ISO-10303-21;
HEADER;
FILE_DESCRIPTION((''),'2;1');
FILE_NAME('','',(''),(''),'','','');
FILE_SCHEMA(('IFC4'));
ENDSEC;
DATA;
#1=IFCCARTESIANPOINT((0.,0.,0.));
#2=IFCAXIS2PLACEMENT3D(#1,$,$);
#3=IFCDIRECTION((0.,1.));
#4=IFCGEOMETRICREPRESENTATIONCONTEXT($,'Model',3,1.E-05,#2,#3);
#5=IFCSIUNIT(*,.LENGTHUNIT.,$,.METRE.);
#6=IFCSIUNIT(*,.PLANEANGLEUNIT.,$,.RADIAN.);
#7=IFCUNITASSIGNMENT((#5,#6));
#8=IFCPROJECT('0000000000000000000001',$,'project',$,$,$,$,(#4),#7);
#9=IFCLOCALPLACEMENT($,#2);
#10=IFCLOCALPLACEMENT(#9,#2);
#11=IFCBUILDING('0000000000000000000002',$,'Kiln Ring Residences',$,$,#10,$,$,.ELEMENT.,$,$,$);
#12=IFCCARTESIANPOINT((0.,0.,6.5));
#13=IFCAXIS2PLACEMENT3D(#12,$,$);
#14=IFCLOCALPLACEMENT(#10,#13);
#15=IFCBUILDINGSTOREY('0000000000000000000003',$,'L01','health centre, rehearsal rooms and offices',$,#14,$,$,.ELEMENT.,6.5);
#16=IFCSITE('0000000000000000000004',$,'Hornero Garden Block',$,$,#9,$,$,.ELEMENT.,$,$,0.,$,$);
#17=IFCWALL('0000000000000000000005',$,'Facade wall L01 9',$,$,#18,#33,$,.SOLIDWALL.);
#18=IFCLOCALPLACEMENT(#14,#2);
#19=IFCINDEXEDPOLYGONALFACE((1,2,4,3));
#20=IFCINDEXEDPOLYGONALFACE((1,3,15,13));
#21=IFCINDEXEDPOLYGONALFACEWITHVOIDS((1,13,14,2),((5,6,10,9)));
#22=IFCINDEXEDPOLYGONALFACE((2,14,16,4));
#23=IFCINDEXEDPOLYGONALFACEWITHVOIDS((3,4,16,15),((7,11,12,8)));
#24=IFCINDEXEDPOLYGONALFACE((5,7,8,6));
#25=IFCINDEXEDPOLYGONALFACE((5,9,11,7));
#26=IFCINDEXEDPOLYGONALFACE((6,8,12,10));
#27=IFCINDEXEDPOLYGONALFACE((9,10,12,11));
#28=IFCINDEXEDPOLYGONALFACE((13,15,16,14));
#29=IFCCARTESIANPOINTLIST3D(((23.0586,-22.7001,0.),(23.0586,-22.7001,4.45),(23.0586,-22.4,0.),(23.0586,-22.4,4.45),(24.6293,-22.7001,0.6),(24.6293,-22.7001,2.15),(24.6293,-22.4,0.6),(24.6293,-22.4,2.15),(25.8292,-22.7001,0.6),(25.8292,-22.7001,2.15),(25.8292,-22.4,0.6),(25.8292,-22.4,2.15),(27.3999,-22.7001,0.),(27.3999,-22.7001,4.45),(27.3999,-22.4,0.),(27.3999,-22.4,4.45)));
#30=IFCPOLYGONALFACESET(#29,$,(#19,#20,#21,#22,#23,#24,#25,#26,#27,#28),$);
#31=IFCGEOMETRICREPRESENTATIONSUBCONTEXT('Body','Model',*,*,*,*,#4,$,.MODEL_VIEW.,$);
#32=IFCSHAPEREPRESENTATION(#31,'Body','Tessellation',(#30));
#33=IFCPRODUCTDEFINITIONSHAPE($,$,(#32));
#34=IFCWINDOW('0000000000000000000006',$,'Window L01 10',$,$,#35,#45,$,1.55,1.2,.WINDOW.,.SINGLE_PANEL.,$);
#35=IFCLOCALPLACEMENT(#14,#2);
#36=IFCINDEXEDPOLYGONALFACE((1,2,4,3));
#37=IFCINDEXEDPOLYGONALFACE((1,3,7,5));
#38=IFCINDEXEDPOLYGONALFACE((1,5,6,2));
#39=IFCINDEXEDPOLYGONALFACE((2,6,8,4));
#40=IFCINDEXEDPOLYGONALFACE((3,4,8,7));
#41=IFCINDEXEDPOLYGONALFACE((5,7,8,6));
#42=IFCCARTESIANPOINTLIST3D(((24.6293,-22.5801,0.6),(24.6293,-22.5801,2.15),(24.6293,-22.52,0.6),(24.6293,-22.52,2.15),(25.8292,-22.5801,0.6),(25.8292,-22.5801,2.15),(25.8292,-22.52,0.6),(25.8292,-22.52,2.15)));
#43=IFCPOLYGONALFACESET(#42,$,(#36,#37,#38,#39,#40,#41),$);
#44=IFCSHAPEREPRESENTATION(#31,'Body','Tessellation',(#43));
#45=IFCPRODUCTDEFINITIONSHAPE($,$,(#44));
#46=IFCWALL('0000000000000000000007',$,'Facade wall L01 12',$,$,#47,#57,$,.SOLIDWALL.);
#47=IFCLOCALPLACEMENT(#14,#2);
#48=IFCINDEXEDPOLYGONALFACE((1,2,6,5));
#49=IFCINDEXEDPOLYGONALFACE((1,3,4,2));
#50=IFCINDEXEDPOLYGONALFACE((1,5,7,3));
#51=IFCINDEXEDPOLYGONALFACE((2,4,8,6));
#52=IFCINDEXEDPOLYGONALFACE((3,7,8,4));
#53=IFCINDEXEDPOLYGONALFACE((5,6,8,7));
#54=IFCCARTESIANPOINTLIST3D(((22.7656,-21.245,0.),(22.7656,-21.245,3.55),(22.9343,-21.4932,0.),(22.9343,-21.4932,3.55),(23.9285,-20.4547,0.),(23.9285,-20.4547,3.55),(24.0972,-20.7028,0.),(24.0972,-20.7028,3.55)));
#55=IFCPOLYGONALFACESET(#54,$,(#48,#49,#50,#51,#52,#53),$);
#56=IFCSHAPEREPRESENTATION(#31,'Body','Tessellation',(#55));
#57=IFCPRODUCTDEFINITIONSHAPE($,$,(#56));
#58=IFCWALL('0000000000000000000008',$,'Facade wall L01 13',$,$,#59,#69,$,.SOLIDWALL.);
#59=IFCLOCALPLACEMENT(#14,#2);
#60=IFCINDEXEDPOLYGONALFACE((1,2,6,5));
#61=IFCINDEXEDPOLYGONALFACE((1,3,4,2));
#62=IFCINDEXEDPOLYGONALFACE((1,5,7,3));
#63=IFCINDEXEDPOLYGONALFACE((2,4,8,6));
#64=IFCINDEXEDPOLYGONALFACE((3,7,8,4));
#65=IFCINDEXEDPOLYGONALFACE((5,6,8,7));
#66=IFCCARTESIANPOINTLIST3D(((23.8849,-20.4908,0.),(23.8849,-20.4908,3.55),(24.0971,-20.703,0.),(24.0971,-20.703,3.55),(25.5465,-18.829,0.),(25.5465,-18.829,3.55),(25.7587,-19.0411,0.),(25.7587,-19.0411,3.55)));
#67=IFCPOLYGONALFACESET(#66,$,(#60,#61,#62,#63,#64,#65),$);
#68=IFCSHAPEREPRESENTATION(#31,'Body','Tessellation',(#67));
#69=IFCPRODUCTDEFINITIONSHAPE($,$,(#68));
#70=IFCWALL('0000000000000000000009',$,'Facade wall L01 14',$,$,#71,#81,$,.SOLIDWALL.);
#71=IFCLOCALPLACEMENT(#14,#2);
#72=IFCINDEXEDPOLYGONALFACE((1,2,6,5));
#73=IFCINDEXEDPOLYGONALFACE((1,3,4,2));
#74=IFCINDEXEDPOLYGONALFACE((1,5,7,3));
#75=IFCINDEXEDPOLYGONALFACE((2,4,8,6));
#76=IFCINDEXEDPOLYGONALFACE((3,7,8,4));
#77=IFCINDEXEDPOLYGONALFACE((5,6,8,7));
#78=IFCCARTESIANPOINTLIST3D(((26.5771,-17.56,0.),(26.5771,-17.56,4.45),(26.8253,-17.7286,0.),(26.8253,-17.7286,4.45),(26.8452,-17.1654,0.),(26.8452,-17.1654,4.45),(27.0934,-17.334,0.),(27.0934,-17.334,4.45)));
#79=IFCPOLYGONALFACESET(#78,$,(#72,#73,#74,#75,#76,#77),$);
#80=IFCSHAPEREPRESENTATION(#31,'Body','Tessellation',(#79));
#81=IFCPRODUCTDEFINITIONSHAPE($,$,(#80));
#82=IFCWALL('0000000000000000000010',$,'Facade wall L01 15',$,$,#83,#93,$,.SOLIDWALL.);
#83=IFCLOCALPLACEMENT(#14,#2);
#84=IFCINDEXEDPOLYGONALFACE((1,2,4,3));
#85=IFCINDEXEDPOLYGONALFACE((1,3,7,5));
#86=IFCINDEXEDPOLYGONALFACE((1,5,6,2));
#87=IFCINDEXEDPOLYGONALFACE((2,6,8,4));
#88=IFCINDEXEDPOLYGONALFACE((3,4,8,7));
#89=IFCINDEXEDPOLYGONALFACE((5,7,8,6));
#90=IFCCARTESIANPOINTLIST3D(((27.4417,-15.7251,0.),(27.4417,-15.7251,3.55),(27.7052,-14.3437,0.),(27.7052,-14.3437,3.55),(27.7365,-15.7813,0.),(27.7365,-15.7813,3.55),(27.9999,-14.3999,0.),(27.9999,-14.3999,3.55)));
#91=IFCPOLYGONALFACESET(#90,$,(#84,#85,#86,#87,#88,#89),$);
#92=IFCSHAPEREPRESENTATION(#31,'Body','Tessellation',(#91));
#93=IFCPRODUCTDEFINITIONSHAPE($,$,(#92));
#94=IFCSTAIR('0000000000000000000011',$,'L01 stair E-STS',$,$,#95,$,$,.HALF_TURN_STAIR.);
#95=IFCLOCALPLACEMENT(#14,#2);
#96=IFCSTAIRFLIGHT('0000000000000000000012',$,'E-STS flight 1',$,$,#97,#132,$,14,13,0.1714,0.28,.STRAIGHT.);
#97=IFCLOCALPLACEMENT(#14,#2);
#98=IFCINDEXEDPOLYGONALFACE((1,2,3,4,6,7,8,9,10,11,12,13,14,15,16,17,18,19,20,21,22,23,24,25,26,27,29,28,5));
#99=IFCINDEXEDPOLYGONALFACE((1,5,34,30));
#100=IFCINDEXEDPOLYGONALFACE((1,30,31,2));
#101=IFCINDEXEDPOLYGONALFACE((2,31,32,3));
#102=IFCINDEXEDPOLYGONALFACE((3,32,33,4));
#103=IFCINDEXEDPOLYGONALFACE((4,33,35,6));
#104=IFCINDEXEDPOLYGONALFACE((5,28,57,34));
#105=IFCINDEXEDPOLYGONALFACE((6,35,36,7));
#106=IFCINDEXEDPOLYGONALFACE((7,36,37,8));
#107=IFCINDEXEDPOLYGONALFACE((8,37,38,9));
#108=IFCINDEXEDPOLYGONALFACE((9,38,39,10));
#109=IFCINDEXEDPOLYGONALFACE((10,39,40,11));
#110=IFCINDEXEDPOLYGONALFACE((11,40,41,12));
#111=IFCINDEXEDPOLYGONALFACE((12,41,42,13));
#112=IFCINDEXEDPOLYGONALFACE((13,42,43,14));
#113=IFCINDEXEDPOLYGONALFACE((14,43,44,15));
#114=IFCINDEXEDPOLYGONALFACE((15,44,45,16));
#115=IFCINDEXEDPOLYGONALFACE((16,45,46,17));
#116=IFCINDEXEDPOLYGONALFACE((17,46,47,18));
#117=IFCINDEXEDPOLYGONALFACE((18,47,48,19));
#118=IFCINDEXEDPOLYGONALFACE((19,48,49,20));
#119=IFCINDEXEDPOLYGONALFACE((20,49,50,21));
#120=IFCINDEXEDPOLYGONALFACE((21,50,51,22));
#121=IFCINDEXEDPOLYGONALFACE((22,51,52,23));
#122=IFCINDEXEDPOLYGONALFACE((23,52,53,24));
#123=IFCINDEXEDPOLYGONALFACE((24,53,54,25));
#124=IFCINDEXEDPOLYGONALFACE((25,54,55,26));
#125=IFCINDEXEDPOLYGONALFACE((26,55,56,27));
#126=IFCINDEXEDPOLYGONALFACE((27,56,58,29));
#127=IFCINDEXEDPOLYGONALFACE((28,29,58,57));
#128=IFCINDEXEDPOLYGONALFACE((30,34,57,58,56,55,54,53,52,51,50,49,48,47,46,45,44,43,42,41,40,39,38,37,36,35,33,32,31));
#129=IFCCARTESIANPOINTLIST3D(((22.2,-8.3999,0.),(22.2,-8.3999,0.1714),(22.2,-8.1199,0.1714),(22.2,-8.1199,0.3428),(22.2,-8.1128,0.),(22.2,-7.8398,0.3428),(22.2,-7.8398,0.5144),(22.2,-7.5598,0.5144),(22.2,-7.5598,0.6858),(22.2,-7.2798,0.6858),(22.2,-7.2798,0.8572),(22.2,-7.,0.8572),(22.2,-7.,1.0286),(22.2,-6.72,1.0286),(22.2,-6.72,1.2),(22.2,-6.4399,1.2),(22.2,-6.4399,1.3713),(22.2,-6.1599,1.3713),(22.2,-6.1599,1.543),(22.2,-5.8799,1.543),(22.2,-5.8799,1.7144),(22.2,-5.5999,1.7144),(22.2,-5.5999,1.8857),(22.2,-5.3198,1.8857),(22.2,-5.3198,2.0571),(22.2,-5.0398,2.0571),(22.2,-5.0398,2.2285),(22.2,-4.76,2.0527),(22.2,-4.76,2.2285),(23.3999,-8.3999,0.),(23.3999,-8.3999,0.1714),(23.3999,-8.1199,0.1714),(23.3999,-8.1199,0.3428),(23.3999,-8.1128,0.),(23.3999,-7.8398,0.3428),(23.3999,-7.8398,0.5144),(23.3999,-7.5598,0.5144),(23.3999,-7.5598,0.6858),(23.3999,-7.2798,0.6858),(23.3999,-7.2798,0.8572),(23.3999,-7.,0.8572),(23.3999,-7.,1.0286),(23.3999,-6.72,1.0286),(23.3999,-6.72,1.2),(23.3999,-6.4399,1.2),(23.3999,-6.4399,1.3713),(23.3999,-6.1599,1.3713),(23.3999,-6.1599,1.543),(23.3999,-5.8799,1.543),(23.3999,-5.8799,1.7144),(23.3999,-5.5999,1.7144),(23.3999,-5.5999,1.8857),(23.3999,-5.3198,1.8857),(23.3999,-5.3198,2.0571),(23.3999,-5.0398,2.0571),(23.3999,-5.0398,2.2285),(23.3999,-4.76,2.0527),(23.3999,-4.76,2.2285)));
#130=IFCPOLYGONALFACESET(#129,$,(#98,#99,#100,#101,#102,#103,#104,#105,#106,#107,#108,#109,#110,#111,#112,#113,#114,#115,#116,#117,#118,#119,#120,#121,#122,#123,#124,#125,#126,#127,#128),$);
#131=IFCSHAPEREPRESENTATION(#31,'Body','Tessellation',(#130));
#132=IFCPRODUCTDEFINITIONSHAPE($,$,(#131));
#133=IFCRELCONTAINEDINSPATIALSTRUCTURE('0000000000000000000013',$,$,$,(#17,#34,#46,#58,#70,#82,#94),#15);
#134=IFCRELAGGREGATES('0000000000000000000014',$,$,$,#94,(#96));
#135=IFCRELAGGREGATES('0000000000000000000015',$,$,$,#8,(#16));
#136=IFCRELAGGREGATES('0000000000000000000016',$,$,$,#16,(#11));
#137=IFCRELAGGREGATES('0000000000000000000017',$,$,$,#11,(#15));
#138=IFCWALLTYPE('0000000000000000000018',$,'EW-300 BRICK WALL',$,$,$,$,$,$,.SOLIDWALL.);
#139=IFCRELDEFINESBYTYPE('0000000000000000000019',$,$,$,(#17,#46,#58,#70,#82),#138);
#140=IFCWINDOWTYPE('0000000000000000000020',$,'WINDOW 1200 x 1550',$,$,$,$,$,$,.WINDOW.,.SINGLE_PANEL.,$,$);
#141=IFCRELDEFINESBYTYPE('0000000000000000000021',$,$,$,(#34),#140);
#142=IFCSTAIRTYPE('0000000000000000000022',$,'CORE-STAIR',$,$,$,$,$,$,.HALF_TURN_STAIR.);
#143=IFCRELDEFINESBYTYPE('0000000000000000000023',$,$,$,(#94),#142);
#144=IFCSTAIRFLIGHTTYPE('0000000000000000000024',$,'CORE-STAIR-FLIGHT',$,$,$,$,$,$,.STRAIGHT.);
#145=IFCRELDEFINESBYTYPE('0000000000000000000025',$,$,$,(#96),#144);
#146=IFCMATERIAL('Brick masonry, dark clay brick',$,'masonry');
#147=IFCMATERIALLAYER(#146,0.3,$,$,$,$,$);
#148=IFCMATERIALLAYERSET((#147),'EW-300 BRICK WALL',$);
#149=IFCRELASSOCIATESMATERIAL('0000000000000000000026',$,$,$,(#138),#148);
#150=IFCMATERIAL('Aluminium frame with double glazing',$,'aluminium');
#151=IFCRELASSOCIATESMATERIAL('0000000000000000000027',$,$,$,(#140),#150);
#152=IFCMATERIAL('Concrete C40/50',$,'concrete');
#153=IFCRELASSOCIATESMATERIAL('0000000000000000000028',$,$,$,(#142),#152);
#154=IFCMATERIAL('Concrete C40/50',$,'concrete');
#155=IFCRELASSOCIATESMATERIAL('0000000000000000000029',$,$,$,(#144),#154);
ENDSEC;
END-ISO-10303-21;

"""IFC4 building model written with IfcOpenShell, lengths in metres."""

from ifc_helpers import new_model, si_unit, direction, frame, frame_2d, origin, place, context, subcontext, project, spatial, polyline, rectangle, outline, extrude, material, layer, layer_set, type_object, element, fill, aggregate, save


model = new_model("IFC4")

# Units and contexts
model_context = context("Model", 3, precision=1e-05, world=origin(), true_north=direction((0.0, 1.0)))
body_context = subcontext(model_context, "Body", "Model", "MODEL_VIEW")
ifc_project = project(units=[si_unit("LENGTHUNIT", "METRE"), si_unit("PLANEANGLEUNIT", "RADIAN")], contexts=[model_context])

# Site, building, storey
site_placement = place(None, origin())
site = spatial("IfcSite", under=ifc_project, at=site_placement, Name="Hornero Garden Block", CompositionType="ELEMENT", RefElevation=0.0)
building_placement = place(site_placement, origin())
building = spatial("IfcBuilding", under=site, at=building_placement, Name="Kiln Ring Residences", CompositionType="ELEMENT")
storey_placement = place(building_placement, frame((0.0, 0.0, 6.5)))
storey = spatial("IfcBuildingStorey", under=building, at=storey_placement, Name="L01", Description="health centre, rehearsal rooms and offices", CompositionType="ELEMENT", Elevation=6.5)

# Wall, opening, window
ifc_material_1 = material(Name="Brick masonry, dark clay brick", Category="masonry")
ifc_layer_1 = layer(ifc_material_1, 0.3)
ifc_layer_set_1 = layer_set([ifc_layer_1], Name="EW-300 BRICK WALL")
wall_type_1 = type_object("IfcWallType", Name="EW-300 BRICK WALL", PredefinedType="SOLIDWALL", material=ifc_layer_set_1)
wall_1_placement = place(storey_placement, frame((27.3999, -22.55, 0.0), z_axis=(0.0, 0.0, 1.0), x_axis=(-1.0, 0.0, 0.0)))
wall_1 = element("IfcWall", 1, at=wall_1_placement, inside=storey, type_object=wall_type_1, Name="Facade wall L01 9", PredefinedType="SOLIDWALL", context=body_context, shape_type="SweptSolid", body=[
    extrude(rectangle(XDim=4.3413, YDim=0.3, at=frame_2d((2.1707, 0.0))), origin(), (0.0, 0.0, 1.0), 4.45),
])
opening_1_placement = place(wall_1_placement, frame((1.5706, 0.0, 0.6001)))
opening_1 = element("IfcOpeningElement", 2, at=opening_1_placement, cuts=wall_1, PredefinedType="OPENING", context=body_context, shape_type="SweptSolid", body=[
    extrude(rectangle(XDim=1.2, YDim=1.55, at=frame_2d((0.6001, 0.7749))), frame((0.0, 0.1599, 0.0), z_axis=(0.0, -1.0, 0.0), x_axis=(1.0, 0.0, 0.0)), (0.0, 0.0, 1.0), 0.3201),
])
ifc_material_2 = material(Name="Aluminium frame with double glazing", Category="aluminium")
window_type = type_object("IfcWindowType", Name="WINDOW 1200 x 1550", PartitioningType="SINGLE_PANEL", PredefinedType="WINDOW", material=ifc_material_2)
window_placement = place(opening_1_placement, origin())
window = element("IfcWindow", 3, at=window_placement, inside=storey, type_object=window_type, Name="Window L01 10", OverallHeight=1.55, OverallWidth=1.2, PartitioningType="SINGLE_PANEL", PredefinedType="WINDOW", context=body_context, shape_type="SweptSolid", body=[
    extrude(rectangle(XDim=1.2, YDim=1.55, at=frame_2d((0.6001, 0.7749))), frame((0.0, 0.03, 0.0), z_axis=(0.0, -1.0, 0.0), x_axis=(1.0, 0.0, 0.0)), (0.0, 0.0, 1.0), 0.0601),
])
fill(opening_1, window)

# Walls
wall_2_placement = place(storey_placement, frame((22.8499, -21.3691, 0.0), z_axis=(0.0, 0.0, 1.0), x_axis=(0.827075, 0.562092, 0.0)))
element("IfcWall", 4, at=wall_2_placement, inside=storey, type_object=wall_type_1, Name="Facade wall L01 12", PredefinedType="SOLIDWALL", context=body_context, shape_type="SweptSolid", body=[
    extrude(rectangle(XDim=1.406, YDim=0.3, at=frame_2d((0.7031, 0.0))), origin(), (0.0, 0.0, 1.0), 3.55),
])
wall_3_placement = place(storey_placement, frame((23.991, -20.5969, 0.0), z_axis=(0.0, 0.0, 1.0), x_axis=(0.707055, 0.707159, 0.0)))
element("IfcWall", 5, at=wall_3_placement, inside=storey, type_object=wall_type_1, Name="Facade wall L01 13", PredefinedType="SOLIDWALL", context=body_context, shape_type="SweptSolid", body=[
    extrude(rectangle(XDim=2.3501, YDim=0.3, at=frame_2d((1.175, 0.0))), origin(), (0.0, 0.0, 1.0), 3.55),
])
wall_4_placement = place(storey_placement, frame((26.7012, -17.6443, 0.0), z_axis=(0.0, 0.0, 1.0), x_axis=(0.562002, 0.827136, 0.0)))
element("IfcWall", 6, at=wall_4_placement, inside=storey, type_object=wall_type_1, Name="Facade wall L01 14", PredefinedType="SOLIDWALL", context=body_context, shape_type="SweptSolid", body=[
    extrude(rectangle(XDim=0.4771, YDim=0.3, at=frame_2d((0.2385, 0.0))), origin(), (0.0, 0.0, 1.0), 4.45),
])
wall_5_placement = place(storey_placement, frame((27.5891, -15.7532, 0.0), z_axis=(0.0, 0.0, 1.0), x_axis=(0.187328, 0.982298, 0.0)))
element("IfcWall", 7, at=wall_5_placement, inside=storey, type_object=wall_type_1, Name="Facade wall L01 15", PredefinedType="SOLIDWALL", context=body_context, shape_type="SweptSolid", body=[
    extrude(rectangle(XDim=1.4062, YDim=0.3, at=frame_2d((0.7031, 0.0))), origin(), (0.0, 0.0, 1.0), 3.55),
])

# Stair, stair flight
ifc_material_3 = material(Name="Concrete C40/50", Category="concrete")
stair_type = type_object("IfcStairType", Name="CORE-STAIR", PredefinedType="HALF_TURN_STAIR", material=ifc_material_3)
stair_placement = place(storey_placement, origin())
stair = element("IfcStair", 8, at=stair_placement, inside=storey, type_object=stair_type, Name="L01 stair E-STS", PredefinedType="HALF_TURN_STAIR")
ifc_material_4 = material(Name="Concrete C40/50", Category="concrete")
stair_flight_type = type_object("IfcStairFlightType", Name="CORE-STAIR-FLIGHT", PredefinedType="STRAIGHT", material=ifc_material_4)
stair_flight_placement = place(storey_placement, frame((22.8, -8.3999, 0.0), z_axis=(0.0, 0.0, 1.0), x_axis=(0.0, 1.0, 0.0)))
stair_flight = element("IfcStairFlight", 9, at=stair_flight_placement, type_object=stair_flight_type, Name="E-STS flight 1", NumberOfRisers=14, NumberOfTreads=13, PredefinedType="STRAIGHT", RiserHeight=0.1714, TreadLength=0.28, context=body_context, shape_type="SweptSolid", body=[
    extrude(outline(polyline([(0.0, 0.0), (0.0, 0.1714), (0.28, 0.1714), (0.28, 0.3428), (0.5601, 0.3428), (0.5601, 0.5144), (0.8401, 0.5144), (0.8401, 0.6858), (1.1201, 0.6858), (1.1201, 0.8572), (1.3999, 0.8572), (1.3999, 1.0286), (1.6799, 1.0286), (1.6799, 1.2), (1.96, 1.2), (1.96, 1.3713), (2.24, 1.3713), (2.24, 1.543), (2.52, 1.543), (2.52, 1.7144), (2.8, 1.7144), (2.8, 1.8857), (3.0801, 1.8857), (3.0801, 2.0571), (3.3601, 2.0571), (3.3601, 2.2285), (3.6399, 2.2285), (3.6399, 2.3999), (3.6399, 2.0527), (0.2871, 0.0), (0.0, 0.0)])), frame((0.0, 0.6001, 0.0), z_axis=(0.0, -1.0, 0.0), x_axis=(1.0, 0.0, 0.0)), (0.0, 0.0, 1.0), 1.2),
])
aggregate(stair, [stair_flight])

save(model, "model.ifc")
